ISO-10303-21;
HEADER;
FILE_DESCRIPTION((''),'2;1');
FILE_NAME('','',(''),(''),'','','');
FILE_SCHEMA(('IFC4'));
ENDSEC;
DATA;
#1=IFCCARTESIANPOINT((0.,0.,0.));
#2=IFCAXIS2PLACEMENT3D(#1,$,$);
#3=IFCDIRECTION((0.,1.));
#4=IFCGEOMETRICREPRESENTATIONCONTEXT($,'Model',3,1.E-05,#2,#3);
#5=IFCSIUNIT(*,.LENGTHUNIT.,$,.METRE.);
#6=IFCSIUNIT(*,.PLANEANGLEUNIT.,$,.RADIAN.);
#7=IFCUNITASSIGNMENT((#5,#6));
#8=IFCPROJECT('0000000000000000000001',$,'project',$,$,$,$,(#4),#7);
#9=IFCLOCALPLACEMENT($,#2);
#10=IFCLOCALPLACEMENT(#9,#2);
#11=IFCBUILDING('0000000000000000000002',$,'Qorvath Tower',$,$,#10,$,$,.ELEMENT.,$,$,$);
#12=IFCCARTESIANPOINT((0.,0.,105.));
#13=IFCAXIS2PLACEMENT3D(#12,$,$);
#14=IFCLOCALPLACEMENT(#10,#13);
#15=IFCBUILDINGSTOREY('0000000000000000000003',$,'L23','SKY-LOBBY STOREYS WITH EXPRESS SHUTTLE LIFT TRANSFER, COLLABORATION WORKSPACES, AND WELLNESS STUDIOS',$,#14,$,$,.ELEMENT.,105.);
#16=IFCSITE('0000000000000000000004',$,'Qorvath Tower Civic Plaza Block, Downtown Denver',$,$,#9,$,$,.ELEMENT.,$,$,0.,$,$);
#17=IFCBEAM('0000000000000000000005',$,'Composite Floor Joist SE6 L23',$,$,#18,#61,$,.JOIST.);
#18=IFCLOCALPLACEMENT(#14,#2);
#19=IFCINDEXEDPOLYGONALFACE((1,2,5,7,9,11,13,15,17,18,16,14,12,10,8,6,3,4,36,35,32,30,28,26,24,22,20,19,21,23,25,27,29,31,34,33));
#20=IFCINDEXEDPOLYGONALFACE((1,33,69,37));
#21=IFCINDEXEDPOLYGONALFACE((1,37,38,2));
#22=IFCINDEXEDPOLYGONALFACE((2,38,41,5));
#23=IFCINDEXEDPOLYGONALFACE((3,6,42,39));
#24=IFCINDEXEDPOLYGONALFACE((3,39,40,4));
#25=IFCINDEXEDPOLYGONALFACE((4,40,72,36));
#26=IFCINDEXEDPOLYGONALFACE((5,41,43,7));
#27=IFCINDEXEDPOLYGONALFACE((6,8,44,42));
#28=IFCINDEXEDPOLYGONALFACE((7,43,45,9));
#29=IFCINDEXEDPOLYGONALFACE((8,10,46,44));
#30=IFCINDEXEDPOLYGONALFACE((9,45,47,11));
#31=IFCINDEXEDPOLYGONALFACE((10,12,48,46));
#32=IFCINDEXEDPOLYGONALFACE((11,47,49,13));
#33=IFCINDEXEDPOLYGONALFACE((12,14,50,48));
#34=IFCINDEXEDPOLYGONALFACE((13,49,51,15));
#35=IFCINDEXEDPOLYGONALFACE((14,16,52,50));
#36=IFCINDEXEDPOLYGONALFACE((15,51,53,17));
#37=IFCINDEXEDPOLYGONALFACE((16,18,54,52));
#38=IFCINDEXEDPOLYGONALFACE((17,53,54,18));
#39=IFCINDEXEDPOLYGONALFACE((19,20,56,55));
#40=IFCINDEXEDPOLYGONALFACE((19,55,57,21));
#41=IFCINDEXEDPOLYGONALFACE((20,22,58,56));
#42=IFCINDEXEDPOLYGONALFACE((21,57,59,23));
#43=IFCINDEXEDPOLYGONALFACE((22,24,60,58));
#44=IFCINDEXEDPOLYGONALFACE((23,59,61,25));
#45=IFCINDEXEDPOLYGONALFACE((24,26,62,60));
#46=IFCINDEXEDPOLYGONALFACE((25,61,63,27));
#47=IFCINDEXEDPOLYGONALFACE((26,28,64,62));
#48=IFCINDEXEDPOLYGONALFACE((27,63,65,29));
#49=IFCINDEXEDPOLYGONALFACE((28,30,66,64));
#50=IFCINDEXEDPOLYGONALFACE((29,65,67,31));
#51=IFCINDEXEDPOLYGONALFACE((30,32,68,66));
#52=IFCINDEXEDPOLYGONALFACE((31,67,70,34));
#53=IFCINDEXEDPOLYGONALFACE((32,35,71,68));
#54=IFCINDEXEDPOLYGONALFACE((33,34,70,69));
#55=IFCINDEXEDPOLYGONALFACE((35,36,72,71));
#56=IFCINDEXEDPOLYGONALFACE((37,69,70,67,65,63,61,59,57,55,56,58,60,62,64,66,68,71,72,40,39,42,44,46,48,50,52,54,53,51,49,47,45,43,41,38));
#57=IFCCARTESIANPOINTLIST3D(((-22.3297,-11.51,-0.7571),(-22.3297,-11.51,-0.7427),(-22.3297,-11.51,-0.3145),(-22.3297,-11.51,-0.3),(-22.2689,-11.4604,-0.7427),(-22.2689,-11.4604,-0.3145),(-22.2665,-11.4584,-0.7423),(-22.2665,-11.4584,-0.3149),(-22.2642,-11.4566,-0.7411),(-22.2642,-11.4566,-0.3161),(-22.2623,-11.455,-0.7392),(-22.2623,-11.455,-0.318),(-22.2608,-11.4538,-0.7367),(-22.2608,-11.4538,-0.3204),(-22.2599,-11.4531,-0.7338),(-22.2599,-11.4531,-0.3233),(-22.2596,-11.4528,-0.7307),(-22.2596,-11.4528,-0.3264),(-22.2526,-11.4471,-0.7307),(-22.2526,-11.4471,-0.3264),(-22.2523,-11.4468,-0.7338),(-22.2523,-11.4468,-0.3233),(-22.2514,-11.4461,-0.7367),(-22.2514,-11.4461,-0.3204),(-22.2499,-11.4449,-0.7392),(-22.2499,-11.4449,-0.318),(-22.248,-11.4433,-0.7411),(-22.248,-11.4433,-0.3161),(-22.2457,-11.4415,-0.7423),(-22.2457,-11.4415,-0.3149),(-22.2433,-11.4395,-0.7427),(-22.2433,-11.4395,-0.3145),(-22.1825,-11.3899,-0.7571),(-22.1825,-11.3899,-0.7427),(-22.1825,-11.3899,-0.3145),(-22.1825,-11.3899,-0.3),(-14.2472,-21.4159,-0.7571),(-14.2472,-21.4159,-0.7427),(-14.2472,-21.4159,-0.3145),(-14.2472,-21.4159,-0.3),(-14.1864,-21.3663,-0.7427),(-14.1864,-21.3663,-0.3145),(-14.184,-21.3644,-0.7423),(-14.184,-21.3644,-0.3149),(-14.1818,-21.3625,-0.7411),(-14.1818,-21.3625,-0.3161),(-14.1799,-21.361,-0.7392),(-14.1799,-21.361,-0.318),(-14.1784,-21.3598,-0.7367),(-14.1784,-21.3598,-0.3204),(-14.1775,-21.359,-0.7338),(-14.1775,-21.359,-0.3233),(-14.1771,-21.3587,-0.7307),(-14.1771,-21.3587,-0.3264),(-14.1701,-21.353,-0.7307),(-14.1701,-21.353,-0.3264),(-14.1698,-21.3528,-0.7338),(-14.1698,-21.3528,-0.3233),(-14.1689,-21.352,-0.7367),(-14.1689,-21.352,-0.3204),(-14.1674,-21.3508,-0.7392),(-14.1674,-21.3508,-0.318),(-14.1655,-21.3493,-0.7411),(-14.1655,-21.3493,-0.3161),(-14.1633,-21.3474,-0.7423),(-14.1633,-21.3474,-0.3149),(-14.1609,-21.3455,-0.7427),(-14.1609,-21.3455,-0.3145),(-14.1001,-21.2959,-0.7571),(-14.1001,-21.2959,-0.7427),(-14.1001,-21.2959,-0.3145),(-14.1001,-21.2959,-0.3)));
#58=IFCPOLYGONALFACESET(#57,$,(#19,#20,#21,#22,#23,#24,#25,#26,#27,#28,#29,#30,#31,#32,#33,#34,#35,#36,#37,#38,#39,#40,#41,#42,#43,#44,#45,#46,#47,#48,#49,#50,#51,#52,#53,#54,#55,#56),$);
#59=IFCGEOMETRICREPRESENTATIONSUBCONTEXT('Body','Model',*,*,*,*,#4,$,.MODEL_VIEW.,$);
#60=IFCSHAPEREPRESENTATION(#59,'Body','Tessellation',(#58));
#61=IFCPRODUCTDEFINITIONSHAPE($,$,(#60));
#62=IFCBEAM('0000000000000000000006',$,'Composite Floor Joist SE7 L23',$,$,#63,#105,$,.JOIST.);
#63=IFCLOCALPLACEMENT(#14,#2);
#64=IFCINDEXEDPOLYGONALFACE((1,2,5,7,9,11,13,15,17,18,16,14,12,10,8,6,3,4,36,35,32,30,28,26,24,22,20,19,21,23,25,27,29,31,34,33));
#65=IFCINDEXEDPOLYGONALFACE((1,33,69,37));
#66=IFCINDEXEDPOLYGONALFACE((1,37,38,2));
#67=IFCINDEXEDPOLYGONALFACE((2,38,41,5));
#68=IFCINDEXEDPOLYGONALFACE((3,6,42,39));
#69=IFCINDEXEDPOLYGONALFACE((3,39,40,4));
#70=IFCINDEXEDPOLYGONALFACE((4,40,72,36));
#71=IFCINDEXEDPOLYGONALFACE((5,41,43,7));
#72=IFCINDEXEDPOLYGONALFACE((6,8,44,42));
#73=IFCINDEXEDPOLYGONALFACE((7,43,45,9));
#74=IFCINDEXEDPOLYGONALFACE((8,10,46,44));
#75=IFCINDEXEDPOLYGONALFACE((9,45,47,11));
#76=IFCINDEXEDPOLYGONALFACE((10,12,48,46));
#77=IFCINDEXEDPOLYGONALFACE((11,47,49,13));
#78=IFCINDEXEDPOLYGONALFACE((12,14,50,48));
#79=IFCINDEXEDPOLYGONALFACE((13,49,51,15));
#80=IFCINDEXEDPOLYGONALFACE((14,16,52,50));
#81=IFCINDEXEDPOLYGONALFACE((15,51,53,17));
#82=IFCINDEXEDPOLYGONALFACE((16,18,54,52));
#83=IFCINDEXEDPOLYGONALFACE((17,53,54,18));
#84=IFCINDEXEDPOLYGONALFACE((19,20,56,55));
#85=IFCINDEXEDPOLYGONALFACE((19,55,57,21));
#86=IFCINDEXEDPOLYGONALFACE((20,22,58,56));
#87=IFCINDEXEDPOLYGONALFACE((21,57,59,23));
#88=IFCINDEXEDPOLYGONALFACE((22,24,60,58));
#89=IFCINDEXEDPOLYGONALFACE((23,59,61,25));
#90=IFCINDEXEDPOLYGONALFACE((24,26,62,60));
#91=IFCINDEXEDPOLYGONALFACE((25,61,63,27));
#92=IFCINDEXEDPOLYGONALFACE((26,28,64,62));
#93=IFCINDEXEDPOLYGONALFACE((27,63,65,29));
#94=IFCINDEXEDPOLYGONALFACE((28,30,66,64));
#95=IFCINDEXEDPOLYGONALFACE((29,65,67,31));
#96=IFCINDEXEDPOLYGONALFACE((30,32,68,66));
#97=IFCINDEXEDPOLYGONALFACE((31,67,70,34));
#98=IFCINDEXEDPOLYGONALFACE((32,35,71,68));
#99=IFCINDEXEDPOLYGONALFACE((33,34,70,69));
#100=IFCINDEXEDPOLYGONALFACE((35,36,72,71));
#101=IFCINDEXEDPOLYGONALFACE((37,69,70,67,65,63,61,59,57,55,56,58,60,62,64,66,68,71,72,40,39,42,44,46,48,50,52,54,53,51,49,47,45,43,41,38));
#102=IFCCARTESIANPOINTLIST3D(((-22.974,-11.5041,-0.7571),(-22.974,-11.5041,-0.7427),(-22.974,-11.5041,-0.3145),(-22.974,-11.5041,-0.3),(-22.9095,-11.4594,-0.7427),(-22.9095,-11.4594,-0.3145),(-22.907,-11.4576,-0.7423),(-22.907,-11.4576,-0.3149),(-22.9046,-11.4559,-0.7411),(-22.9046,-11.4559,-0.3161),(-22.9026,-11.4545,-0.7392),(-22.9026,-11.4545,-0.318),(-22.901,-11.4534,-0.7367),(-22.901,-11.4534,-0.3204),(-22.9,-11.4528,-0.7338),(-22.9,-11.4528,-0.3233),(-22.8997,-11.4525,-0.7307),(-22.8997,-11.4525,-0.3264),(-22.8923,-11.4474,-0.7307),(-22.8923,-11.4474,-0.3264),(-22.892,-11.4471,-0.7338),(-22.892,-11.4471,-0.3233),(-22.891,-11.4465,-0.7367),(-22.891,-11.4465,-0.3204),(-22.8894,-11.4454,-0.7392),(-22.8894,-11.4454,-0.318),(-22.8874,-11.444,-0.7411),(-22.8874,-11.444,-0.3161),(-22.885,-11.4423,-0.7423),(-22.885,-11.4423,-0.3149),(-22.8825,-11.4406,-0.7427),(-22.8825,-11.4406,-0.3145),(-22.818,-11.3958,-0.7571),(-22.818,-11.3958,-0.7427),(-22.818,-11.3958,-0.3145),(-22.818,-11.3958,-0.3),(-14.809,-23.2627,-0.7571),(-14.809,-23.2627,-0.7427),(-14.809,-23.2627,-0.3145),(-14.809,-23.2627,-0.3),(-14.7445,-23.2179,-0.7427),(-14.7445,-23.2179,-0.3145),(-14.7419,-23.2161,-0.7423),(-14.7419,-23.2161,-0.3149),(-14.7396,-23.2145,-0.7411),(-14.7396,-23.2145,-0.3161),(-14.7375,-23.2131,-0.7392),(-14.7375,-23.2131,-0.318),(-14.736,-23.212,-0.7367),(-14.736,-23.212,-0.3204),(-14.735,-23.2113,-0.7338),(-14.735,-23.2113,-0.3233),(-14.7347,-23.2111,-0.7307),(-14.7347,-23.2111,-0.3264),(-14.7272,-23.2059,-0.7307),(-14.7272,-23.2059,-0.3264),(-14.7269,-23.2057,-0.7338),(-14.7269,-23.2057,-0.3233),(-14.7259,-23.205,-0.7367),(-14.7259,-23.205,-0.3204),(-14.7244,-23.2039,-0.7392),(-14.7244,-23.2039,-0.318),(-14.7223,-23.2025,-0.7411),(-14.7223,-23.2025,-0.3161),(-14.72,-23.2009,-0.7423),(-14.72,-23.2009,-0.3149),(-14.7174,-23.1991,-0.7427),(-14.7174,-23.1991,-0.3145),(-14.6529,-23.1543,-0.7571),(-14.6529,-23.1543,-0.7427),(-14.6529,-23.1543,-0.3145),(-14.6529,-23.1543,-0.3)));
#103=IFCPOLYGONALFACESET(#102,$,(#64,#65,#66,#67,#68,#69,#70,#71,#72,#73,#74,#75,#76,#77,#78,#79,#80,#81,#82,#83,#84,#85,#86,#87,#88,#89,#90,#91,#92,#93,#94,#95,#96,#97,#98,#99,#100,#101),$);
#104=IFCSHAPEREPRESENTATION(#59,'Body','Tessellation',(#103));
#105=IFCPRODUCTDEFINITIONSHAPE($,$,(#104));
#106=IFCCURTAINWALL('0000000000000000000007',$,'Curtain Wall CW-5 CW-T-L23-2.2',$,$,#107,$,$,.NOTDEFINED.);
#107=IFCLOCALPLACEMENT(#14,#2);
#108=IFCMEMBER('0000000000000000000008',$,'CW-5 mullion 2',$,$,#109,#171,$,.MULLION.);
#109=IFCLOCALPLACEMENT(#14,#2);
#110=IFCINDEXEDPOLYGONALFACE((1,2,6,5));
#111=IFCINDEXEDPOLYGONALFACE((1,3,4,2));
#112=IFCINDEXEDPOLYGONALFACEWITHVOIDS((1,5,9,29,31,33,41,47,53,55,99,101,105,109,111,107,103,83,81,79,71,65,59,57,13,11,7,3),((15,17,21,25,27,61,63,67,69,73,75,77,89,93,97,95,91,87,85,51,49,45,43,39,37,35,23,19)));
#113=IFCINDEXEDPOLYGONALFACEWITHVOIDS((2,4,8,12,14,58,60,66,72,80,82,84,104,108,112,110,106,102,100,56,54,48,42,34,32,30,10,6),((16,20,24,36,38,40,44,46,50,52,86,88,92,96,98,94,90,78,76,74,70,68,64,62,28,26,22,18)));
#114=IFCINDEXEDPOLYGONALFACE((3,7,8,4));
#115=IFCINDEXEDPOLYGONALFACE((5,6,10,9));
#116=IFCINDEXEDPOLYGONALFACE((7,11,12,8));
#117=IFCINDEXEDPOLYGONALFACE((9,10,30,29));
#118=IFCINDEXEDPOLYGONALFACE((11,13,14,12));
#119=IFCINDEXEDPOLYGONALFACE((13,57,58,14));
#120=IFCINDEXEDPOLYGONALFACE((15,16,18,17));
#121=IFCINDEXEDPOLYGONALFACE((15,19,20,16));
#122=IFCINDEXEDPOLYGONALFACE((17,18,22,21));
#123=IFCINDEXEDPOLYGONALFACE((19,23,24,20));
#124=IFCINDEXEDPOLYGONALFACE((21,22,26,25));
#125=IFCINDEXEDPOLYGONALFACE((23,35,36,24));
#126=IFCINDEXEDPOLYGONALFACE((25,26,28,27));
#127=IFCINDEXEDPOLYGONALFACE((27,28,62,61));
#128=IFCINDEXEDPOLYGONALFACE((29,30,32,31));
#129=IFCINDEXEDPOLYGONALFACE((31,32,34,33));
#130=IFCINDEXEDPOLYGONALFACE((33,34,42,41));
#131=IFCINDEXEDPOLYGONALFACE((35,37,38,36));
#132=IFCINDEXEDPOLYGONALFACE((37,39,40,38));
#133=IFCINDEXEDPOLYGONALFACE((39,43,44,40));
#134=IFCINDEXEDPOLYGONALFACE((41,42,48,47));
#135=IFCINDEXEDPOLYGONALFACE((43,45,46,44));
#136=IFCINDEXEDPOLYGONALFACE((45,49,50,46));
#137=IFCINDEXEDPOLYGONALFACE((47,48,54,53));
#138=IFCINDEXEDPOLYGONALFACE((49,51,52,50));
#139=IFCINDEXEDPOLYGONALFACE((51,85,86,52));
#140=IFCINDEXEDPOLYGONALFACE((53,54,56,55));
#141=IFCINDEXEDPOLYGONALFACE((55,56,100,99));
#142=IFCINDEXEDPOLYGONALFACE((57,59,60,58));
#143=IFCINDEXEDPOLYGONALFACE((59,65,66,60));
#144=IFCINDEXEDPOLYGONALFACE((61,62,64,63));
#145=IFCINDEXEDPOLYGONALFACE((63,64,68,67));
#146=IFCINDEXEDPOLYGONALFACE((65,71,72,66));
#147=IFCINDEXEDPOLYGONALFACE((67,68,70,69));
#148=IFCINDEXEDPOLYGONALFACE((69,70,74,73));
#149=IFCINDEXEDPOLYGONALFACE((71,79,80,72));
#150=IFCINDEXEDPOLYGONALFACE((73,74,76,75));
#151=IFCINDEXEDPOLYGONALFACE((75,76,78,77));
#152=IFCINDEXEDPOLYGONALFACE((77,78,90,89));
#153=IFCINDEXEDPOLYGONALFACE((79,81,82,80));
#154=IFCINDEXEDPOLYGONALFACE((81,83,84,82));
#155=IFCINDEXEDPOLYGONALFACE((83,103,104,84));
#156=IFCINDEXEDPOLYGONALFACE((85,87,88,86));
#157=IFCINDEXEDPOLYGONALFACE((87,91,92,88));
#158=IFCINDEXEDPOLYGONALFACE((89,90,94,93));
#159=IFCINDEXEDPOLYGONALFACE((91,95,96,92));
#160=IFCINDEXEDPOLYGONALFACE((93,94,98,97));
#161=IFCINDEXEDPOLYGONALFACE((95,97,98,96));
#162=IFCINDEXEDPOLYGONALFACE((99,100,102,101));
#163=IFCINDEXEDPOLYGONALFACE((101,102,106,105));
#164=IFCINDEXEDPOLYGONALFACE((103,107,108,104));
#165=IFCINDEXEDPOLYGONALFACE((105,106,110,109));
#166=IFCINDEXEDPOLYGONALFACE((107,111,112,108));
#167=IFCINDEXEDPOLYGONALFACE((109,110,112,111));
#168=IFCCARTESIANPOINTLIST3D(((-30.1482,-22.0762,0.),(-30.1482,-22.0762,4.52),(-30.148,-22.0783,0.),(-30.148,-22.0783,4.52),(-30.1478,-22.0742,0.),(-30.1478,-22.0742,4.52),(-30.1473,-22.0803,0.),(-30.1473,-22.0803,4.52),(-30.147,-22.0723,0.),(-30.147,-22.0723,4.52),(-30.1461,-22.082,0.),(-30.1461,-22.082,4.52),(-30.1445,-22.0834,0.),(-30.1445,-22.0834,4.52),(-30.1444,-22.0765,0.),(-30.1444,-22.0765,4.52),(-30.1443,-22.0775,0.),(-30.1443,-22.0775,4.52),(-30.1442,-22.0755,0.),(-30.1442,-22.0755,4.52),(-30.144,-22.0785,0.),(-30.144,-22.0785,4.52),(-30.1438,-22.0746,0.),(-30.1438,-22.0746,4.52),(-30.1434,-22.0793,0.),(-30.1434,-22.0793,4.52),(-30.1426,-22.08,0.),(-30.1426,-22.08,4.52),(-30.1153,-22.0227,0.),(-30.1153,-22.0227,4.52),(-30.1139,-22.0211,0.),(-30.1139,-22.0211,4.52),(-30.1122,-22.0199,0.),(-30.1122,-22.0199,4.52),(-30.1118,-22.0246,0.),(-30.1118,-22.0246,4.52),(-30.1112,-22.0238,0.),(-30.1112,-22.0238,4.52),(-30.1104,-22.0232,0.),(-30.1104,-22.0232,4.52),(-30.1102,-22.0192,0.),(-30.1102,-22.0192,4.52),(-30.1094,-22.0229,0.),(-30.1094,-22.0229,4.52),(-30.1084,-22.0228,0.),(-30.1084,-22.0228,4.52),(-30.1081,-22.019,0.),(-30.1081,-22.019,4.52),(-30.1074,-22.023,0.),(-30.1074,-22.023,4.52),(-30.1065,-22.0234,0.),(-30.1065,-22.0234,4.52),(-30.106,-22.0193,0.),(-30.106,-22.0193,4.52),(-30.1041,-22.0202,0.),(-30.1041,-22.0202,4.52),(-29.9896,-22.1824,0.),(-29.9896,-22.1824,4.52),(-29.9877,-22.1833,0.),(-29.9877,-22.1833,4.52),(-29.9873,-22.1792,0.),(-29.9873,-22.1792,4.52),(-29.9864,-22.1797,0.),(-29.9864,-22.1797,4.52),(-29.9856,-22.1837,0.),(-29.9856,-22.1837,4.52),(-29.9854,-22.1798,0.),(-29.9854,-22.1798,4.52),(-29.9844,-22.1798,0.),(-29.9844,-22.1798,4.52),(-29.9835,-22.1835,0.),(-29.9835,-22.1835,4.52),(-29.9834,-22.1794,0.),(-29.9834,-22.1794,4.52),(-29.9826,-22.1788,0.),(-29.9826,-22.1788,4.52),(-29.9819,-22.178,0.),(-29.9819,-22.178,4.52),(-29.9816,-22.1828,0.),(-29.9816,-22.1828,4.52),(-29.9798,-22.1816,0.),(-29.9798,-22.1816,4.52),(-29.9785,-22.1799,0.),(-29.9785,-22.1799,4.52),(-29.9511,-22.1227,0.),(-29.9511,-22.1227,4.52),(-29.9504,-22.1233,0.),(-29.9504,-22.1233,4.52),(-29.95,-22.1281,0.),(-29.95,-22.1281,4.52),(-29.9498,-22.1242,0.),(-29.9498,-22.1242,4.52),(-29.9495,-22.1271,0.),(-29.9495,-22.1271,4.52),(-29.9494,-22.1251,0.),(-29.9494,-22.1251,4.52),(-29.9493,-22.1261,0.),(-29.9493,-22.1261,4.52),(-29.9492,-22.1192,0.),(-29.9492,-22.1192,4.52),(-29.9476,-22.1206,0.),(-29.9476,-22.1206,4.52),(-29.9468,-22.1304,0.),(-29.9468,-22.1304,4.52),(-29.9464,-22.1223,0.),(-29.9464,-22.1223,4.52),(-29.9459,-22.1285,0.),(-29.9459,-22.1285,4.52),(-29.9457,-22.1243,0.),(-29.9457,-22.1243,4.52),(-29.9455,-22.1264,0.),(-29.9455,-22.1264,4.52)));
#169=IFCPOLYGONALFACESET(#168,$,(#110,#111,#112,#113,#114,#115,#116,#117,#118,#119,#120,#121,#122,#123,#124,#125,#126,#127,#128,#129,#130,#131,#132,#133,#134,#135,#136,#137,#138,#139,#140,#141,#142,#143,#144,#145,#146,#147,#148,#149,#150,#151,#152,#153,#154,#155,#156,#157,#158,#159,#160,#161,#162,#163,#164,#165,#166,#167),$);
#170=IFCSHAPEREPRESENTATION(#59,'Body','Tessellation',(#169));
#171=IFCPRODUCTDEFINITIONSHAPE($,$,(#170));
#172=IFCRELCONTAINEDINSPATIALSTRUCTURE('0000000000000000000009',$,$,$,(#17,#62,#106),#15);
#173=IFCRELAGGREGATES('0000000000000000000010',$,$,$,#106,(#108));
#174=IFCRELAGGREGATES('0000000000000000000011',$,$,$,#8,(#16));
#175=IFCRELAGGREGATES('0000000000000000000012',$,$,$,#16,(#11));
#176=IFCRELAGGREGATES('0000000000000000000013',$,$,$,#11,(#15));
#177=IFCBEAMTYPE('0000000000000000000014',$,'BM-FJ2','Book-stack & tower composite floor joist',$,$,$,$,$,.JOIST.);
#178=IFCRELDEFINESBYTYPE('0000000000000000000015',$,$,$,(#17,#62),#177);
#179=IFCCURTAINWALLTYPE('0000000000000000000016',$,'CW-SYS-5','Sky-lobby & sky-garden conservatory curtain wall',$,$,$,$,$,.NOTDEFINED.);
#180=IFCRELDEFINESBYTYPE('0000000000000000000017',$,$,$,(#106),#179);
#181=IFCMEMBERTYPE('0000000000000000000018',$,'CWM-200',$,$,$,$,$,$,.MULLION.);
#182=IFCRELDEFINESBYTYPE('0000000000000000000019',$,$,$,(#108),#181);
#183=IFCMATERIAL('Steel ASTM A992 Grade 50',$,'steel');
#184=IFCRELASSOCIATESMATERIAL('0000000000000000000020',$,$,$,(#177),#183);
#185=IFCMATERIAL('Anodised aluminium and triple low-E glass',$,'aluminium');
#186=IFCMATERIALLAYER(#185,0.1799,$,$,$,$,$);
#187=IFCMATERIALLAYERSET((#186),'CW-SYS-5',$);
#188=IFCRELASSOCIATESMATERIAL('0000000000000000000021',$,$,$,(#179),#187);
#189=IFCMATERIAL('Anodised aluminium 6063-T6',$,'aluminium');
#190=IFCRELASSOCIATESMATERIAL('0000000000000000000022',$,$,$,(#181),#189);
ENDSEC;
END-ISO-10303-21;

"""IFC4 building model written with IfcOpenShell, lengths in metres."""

from ifc_helpers import new_model, si_unit, direction, frame, origin, origin_2d, place, context, subcontext, project, spatial, hollow_rectangle, i_section, extrude, material, layer, layer_set, material_profile, profile_set, type_object, element, aggregate, save


model = new_model("IFC4")

# Units and contexts
model_context = context("Model", 3, precision=1e-05, world=origin(), true_north=direction((0.0, 1.0)))
body_context = subcontext(model_context, "Body", "Model", "MODEL_VIEW")
ifc_project = project(units=[si_unit("LENGTHUNIT", "METRE"), si_unit("PLANEANGLEUNIT", "RADIAN")], contexts=[model_context])

# Site, building, storey
site_placement = place(None, origin())
site = spatial("IfcSite", under=ifc_project, at=site_placement, Name="Qorvath Tower Civic Plaza Block, Downtown Denver", CompositionType="ELEMENT", RefElevation=0.0)
building_placement = place(site_placement, origin())
building = spatial("IfcBuilding", under=site, at=building_placement, Name="Qorvath Tower", CompositionType="ELEMENT")
storey_placement = place(building_placement, frame((0.0, 0.0, 105.0)))
storey = spatial("IfcBuildingStorey", under=building, at=storey_placement, Name="L23", Description="SKY-LOBBY STOREYS WITH EXPRESS SHUTTLE LIFT TRANSFER, COLLABORATION WORKSPACES, AND WELLNESS STUDIOS", CompositionType="ELEMENT", Elevation=105.0)

# Beams
ifc_material_1 = material(Name="Steel ASTM A992 Grade 50", Category="steel")
ifc_material_profile_1 = material_profile(ifc_material_1, i_section(OverallWidth=0.1899, OverallDepth=0.457, WebThickness=0.009, FlangeThickness=0.0144, FilletRadius=0.012, at=origin_2d()), Name="W18x50")
ifc_profile_set_1 = profile_set([ifc_material_profile_1], Name="Steel ASTM A992 Grade 50")
beam_type_1 = type_object("IfcBeamType", Name="BM-FJ2", Description="Book-stack & tower composite floor joist", PredefinedType="JOIST", material=ifc_profile_set_1)
beam_1_placement = place(storey_placement, frame((-22.2561, -11.45, -0.5286), z_axis=(0.632188, -0.774815, 0.0), x_axis=(0.774815, 0.632188, 0.0)))
element("IfcBeam", 1, at=beam_1_placement, inside=storey, type_object=beam_type_1, Name="Composite Floor Joist SE6 L23", PredefinedType="JOIST", context=body_context, shape_type="SweptSolid", body=[
    extrude(i_section(OverallWidth=0.1899, OverallDepth=0.457, WebThickness=0.009, FlangeThickness=0.0144, FilletRadius=0.012, at=origin_2d()), origin(), (0.0, 0.0, 1.0), 12.7849),
])
beam_2_placement = place(storey_placement, frame((-22.896, -11.45, -0.5286), z_axis=(0.570367, -0.82139, 0.0), x_axis=(0.82139, 0.570367, 0.0)))
element("IfcBeam", 2, at=beam_2_placement, inside=storey, type_object=beam_type_1, Name="Composite Floor Joist SE7 L23", PredefinedType="JOIST", context=body_context, shape_type="SweptSolid", body=[
    extrude(i_section(OverallWidth=0.1899, OverallDepth=0.457, WebThickness=0.009, FlangeThickness=0.0144, FilletRadius=0.012, at=origin_2d()), origin(), (0.0, 0.0, 1.0), 14.3154),
])

# Curtain wall, member
ifc_material_2 = material(Name="Anodised aluminium and triple low-E glass", Category="aluminium")
ifc_layer_1 = layer(ifc_material_2, 0.1799)
ifc_layer_set_1 = layer_set([ifc_layer_1], Name="CW-SYS-5")
curtain_wall_type = type_object("IfcCurtainWallType", Name="CW-SYS-5", Description="Sky-lobby & sky-garden conservatory curtain wall", PredefinedType="NOTDEFINED", material=ifc_layer_set_1)
curtain_wall_placement = place(storey_placement, origin())
curtain_wall = element("IfcCurtainWall", 3, at=curtain_wall_placement, inside=storey, type_object=curtain_wall_type, Name="Curtain Wall CW-5 CW-T-L23-2.2", PredefinedType="NOTDEFINED")
ifc_material_3 = material(Name="Anodised aluminium 6063-T6", Category="aluminium")
ifc_material_profile_2 = material_profile(ifc_material_3, hollow_rectangle(XDim=0.075, YDim=0.2, WallThickness=0.0039, InnerFilletRadius=0.0039, OuterFilletRadius=0.0081, at=origin_2d()), Name="CWM 200x75")
ifc_profile_set_2 = profile_set([ifc_material_profile_2], Name="Anodised aluminium 6063-T6")
member_type_1 = type_object("IfcMemberType", Name="CWM-200", PredefinedType="MULLION", material=ifc_profile_set_2)
member_1_placement = place(storey_placement, frame((-30.0469, -22.1013, 0.0), z_axis=(0.0, 0.0, 1.0), x_axis=(0.53854, 0.8426, 0.0)))
member_1 = element("IfcMember", 4, at=member_1_placement, type_object=member_type_1, Name="CW-5 mullion 2", PredefinedType="MULLION", context=body_context, shape_type="SweptSolid", body=[
    extrude(hollow_rectangle(XDim=0.075, YDim=0.2, WallThickness=0.0039, InnerFilletRadius=0.0039, OuterFilletRadius=0.0081, at=origin_2d()), origin(), (0.0, 0.0, 1.0), 4.52),
])

aggregate(curtain_wall, [member_1])

save(model, "model.ifc")
